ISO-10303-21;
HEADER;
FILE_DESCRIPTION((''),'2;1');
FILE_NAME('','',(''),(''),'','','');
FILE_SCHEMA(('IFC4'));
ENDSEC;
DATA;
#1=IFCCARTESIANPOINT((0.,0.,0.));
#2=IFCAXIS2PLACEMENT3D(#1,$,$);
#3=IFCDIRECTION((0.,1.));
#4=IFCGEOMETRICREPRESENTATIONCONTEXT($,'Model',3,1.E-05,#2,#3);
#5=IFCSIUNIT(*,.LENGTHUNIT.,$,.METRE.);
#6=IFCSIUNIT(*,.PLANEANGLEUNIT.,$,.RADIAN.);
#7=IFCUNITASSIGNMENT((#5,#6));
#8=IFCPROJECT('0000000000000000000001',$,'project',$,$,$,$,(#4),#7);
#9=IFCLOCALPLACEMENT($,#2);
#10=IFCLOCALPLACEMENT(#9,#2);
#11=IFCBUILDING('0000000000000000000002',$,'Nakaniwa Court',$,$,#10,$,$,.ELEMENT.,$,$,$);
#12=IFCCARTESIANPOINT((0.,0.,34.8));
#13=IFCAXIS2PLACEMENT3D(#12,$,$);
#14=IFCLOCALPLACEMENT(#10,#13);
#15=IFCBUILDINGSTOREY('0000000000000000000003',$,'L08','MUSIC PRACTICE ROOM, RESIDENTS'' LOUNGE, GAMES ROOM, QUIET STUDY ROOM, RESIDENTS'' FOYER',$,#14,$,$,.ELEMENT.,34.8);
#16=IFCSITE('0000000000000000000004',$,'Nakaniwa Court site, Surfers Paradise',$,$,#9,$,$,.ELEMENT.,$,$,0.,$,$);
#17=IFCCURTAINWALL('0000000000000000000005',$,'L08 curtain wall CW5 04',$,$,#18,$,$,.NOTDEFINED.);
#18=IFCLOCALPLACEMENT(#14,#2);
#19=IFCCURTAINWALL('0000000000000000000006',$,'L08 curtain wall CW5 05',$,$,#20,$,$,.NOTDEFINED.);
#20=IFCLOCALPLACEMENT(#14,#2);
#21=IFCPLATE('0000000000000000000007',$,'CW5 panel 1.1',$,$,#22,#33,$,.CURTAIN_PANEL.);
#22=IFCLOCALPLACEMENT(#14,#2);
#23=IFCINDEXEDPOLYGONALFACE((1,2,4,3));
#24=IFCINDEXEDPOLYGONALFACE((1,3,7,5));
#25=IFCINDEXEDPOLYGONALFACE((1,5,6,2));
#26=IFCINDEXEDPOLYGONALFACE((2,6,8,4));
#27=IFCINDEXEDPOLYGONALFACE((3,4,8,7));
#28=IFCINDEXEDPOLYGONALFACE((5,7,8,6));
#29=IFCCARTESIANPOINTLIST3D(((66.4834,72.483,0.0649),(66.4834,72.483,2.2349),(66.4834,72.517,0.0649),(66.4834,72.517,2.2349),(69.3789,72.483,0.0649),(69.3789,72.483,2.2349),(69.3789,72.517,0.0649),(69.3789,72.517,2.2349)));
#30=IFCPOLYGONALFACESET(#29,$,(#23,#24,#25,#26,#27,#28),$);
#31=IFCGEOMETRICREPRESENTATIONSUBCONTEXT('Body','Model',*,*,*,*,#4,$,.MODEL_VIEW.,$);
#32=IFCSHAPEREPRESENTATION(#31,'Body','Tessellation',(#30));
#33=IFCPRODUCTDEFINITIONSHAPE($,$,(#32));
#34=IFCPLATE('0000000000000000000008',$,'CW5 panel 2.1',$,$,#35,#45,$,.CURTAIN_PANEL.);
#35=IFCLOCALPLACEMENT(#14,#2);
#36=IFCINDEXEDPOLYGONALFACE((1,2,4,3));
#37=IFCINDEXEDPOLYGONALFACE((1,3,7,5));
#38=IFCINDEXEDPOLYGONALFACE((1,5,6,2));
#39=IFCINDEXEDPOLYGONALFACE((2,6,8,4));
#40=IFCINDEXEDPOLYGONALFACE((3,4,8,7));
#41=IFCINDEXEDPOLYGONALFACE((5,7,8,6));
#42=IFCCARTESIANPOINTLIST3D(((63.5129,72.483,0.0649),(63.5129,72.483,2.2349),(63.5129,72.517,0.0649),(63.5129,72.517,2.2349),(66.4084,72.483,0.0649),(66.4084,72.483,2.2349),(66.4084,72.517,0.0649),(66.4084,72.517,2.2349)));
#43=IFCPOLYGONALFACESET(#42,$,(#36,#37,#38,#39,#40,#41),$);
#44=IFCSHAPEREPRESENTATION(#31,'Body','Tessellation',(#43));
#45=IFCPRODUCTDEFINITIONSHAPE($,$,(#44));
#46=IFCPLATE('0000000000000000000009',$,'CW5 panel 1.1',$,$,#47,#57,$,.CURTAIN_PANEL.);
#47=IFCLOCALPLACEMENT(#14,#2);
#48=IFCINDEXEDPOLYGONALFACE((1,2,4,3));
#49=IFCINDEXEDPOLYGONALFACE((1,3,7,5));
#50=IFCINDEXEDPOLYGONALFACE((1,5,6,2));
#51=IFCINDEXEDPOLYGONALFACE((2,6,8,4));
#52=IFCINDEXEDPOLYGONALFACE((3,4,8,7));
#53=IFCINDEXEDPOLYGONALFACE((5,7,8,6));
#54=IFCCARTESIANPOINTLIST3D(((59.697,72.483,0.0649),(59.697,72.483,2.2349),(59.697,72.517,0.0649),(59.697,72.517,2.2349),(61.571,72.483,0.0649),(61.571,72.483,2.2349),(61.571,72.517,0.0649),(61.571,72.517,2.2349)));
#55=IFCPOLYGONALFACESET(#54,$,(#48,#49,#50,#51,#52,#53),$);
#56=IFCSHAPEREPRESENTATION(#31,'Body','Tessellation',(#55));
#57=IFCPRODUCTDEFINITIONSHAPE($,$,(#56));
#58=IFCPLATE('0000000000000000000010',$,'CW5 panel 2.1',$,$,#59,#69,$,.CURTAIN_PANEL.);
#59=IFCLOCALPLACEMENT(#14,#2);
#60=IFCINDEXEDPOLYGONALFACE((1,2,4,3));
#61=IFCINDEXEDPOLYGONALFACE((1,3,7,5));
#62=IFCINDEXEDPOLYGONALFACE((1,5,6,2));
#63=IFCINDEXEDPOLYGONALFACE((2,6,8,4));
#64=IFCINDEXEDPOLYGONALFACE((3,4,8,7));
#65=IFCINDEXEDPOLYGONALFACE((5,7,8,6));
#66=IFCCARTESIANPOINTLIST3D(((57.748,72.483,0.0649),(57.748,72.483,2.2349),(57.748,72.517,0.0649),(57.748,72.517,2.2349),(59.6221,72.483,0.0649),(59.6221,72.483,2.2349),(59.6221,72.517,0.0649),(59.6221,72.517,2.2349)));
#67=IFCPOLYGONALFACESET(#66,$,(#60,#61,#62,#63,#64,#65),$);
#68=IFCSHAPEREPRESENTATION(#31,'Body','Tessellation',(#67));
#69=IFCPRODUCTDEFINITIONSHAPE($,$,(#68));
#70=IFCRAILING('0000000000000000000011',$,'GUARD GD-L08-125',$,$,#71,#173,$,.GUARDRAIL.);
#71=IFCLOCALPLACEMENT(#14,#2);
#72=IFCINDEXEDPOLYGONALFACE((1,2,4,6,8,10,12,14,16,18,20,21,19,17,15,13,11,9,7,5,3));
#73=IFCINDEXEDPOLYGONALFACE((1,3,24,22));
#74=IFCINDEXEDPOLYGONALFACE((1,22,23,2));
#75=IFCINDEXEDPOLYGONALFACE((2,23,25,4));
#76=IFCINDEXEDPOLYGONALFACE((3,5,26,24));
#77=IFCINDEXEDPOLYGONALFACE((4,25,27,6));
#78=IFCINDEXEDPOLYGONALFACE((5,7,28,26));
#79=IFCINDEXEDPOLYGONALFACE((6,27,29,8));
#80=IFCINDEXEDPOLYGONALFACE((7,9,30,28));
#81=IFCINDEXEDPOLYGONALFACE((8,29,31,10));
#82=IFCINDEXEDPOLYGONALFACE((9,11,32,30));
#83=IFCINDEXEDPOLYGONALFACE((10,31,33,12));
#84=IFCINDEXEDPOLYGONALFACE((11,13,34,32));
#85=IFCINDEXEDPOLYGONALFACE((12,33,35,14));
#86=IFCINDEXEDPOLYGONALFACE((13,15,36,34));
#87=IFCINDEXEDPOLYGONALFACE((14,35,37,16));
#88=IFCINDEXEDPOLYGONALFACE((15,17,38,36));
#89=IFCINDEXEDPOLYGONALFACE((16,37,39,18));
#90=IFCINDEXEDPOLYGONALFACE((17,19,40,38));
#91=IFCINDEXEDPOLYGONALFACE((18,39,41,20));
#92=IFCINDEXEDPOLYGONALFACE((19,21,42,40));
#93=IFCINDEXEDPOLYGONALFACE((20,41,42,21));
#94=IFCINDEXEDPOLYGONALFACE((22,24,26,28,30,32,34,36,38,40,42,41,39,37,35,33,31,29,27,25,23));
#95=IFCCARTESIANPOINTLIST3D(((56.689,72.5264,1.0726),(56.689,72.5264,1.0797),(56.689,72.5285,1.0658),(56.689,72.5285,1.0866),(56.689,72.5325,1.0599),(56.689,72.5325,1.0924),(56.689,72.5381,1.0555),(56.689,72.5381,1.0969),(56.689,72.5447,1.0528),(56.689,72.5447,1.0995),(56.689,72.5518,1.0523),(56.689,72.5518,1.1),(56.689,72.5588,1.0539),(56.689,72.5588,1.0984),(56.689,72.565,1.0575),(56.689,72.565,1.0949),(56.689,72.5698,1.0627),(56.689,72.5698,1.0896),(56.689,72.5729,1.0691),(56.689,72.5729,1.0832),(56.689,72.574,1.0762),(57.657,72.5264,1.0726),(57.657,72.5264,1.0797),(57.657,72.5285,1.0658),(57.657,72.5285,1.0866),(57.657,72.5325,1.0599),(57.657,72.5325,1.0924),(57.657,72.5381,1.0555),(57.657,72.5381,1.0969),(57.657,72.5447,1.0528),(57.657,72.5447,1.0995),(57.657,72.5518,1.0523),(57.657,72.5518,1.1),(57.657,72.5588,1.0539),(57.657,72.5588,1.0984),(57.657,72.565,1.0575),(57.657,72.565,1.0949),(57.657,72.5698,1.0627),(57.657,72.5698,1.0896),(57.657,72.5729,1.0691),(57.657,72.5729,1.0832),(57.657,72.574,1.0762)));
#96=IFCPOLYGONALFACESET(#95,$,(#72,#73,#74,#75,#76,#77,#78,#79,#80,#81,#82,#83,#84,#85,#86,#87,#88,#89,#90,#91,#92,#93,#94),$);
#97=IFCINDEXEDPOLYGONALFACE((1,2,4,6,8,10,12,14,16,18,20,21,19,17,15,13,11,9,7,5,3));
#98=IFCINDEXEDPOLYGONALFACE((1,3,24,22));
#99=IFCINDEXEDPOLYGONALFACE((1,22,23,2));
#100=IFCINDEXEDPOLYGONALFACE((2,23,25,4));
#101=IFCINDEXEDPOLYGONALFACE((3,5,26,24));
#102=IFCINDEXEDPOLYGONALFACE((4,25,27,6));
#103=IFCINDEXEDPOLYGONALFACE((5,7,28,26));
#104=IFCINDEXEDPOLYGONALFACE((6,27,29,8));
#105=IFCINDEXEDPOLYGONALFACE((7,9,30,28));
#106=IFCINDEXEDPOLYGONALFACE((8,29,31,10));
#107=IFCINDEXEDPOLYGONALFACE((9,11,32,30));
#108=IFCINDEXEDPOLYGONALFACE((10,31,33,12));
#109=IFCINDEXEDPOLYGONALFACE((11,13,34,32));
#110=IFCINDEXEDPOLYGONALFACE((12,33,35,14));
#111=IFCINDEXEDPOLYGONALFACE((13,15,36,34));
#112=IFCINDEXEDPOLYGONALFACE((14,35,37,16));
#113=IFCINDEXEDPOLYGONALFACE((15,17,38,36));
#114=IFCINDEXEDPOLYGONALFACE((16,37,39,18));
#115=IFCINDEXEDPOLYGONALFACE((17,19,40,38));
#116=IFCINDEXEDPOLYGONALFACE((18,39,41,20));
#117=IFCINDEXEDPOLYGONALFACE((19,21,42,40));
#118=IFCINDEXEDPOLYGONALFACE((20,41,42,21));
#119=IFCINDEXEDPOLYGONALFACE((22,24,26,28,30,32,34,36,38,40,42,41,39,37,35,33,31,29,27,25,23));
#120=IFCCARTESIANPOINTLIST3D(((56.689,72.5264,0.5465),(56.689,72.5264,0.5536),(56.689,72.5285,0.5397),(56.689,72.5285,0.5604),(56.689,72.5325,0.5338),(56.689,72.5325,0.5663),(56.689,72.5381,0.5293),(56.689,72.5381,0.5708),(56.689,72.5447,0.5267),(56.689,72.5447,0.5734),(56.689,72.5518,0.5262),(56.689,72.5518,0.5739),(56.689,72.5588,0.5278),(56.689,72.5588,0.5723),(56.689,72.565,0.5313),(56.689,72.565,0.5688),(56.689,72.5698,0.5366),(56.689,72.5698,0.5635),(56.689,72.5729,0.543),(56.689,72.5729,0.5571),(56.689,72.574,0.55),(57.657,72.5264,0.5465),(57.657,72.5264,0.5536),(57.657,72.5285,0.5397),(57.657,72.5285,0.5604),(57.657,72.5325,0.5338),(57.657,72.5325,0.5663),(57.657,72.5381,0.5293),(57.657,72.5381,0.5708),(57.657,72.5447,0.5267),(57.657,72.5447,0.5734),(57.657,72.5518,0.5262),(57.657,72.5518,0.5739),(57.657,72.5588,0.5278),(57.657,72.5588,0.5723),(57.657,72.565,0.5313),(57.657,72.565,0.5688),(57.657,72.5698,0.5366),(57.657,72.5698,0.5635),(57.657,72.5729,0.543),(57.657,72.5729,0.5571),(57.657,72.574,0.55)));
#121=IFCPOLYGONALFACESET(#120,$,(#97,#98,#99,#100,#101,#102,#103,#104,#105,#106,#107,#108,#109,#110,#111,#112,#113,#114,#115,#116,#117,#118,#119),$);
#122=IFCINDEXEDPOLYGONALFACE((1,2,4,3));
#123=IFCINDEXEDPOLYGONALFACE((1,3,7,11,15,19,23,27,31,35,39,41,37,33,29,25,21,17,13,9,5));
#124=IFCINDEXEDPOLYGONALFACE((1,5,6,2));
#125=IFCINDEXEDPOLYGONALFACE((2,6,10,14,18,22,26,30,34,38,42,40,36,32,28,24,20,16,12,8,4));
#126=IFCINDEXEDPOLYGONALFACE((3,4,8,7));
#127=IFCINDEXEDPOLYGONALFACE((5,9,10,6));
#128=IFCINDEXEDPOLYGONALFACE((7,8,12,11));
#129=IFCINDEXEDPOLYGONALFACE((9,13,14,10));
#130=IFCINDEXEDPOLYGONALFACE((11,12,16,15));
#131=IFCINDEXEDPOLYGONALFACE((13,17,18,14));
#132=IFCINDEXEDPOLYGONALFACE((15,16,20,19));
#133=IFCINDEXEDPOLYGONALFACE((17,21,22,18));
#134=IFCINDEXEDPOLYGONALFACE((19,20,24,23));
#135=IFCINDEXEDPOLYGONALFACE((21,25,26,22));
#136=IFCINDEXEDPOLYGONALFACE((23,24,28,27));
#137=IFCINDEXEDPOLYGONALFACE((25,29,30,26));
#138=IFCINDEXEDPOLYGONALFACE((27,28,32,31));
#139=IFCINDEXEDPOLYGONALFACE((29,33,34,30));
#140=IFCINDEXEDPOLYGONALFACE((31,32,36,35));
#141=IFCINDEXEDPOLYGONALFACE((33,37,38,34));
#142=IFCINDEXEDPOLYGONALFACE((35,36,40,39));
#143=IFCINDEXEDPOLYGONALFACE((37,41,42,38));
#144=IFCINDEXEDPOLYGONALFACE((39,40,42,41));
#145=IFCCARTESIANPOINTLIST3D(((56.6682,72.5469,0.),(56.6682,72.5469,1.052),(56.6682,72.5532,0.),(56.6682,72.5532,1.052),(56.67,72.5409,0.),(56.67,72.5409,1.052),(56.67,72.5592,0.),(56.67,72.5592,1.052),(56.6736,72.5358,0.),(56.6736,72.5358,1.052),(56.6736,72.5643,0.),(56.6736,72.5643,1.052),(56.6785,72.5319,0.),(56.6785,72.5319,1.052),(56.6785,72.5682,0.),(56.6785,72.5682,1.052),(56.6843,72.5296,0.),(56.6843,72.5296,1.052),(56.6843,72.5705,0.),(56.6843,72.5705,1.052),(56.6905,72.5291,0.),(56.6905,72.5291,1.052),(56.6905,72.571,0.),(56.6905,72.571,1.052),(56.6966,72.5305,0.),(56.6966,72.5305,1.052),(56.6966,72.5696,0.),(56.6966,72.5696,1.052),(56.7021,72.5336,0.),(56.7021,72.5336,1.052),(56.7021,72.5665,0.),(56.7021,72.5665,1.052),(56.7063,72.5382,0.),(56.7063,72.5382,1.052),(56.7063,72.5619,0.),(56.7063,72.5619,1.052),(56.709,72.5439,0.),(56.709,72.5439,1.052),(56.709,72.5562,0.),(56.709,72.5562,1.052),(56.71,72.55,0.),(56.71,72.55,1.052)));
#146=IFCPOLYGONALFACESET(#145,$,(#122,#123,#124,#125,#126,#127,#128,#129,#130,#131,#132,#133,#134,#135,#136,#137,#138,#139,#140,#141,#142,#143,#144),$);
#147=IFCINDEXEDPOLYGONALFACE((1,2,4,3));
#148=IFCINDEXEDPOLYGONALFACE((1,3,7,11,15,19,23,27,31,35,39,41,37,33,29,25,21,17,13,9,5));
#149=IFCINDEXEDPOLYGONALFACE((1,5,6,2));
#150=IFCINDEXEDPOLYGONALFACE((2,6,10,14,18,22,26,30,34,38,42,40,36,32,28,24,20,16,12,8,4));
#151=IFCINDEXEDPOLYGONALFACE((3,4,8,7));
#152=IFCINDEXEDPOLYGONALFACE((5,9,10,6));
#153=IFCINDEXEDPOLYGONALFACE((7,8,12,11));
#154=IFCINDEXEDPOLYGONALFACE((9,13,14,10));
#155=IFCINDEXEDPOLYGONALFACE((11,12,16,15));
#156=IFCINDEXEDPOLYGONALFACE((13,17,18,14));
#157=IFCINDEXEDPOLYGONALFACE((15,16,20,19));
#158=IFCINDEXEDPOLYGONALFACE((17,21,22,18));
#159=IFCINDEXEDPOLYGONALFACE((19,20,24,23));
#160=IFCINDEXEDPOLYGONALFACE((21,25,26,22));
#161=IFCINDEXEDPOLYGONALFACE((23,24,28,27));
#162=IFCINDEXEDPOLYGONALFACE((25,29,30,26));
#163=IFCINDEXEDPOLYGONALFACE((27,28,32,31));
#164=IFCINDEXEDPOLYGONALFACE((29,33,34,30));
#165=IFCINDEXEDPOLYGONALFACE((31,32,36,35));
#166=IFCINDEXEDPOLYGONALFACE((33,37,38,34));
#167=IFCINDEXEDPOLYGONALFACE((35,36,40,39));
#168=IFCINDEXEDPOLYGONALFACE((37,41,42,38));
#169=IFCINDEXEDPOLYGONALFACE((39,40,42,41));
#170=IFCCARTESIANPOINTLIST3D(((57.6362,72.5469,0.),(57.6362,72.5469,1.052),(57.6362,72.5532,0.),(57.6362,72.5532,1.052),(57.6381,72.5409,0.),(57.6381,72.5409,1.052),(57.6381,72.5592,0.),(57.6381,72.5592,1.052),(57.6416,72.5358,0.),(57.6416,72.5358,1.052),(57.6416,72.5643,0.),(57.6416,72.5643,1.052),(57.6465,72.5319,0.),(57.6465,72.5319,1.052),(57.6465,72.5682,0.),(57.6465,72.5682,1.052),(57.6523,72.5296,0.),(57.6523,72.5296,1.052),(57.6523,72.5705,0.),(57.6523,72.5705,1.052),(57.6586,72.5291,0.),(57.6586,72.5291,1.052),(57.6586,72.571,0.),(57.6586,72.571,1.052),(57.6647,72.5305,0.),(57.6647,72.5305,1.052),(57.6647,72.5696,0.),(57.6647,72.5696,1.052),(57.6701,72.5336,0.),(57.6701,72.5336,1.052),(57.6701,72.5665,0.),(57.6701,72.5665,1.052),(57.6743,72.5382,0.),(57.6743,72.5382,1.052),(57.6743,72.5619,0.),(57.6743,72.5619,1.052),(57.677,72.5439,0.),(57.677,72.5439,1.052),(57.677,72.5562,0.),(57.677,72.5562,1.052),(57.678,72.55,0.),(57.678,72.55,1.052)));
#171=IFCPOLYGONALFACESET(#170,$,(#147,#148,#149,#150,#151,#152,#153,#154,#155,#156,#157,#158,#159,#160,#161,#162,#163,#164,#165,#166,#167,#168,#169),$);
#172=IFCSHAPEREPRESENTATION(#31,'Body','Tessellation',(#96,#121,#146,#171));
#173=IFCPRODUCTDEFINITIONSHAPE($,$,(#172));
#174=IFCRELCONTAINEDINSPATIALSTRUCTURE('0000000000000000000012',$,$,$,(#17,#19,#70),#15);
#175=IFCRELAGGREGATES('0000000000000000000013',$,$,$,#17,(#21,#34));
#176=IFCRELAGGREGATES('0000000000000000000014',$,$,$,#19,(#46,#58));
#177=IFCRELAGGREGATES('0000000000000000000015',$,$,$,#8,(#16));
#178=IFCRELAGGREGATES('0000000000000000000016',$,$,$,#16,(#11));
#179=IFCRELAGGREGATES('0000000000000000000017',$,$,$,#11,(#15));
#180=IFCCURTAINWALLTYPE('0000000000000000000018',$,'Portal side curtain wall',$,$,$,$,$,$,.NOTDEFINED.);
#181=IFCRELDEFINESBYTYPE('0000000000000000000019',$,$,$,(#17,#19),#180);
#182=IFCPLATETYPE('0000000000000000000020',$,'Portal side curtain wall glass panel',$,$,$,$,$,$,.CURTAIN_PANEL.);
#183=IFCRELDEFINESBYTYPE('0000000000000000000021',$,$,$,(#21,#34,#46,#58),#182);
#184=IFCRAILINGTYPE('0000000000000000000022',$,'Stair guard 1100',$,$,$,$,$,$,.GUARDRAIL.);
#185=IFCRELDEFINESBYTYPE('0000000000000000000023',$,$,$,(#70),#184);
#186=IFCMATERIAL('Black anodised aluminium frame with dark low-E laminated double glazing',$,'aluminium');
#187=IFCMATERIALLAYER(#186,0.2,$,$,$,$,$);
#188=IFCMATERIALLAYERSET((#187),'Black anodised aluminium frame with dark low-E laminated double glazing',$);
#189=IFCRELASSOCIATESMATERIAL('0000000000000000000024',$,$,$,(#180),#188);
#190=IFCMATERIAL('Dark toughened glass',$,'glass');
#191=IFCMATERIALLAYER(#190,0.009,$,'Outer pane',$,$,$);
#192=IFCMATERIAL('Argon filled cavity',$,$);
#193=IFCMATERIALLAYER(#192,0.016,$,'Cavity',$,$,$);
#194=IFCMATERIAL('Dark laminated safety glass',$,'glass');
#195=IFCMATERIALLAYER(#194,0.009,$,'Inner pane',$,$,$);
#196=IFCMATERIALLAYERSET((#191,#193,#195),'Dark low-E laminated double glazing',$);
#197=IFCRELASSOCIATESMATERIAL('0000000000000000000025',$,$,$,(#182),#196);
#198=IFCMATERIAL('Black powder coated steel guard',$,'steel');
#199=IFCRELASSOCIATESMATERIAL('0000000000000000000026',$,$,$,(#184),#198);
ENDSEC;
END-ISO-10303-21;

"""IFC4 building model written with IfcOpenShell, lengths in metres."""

from ifc_helpers import new_model, si_unit, direction, frame, origin, origin_2d, place, context, subcontext, project, spatial, rectangle, circle, extrude, material, layer, layer_set, type_object, element, aggregate, save


model = new_model("IFC4")

# Units and contexts
model_context = context("Model", 3, precision=1e-05, world=origin(), true_north=direction((0.0, 1.0)))
body_context = subcontext(model_context, "Body", "Model", "MODEL_VIEW")
ifc_project = project(units=[si_unit("LENGTHUNIT", "METRE"), si_unit("PLANEANGLEUNIT", "RADIAN")], contexts=[model_context])

# Site, building, storey
site_placement = place(None, origin())
site = spatial("IfcSite", under=ifc_project, at=site_placement, Name="Nakaniwa Court site, Surfers Paradise", CompositionType="ELEMENT", RefElevation=0.0)
building_placement = place(site_placement, origin())
building = spatial("IfcBuilding", under=site, at=building_placement, Name="Nakaniwa Court", CompositionType="ELEMENT")
storey_placement = place(building_placement, frame((0.0, 0.0, 34.8)))
storey = spatial("IfcBuildingStorey", under=building, at=storey_placement, Name="L08", Description="MUSIC PRACTICE ROOM, RESIDENTS' LOUNGE, GAMES ROOM, QUIET STUDY ROOM, RESIDENTS' FOYER", CompositionType="ELEMENT", Elevation=34.8)

# Curtain walls
ifc_material_1 = material(Name="Black anodised aluminium frame with dark low-E laminated double glazing", Category="aluminium")
ifc_layer_1 = layer(ifc_material_1, 0.2)
ifc_layer_set_1 = layer_set([ifc_layer_1], Name="Black anodised aluminium frame with dark low-E laminated double glazing")
curtain_wall_type = type_object("IfcCurtainWallType", Name="Portal side curtain wall", PredefinedType="NOTDEFINED", material=ifc_layer_set_1)
curtain_wall_1_placement = place(storey_placement, origin())
curtain_wall_1 = element("IfcCurtainWall", 1, at=curtain_wall_1_placement, inside=storey, type_object=curtain_wall_type, Name="L08 curtain wall CW5 04", PredefinedType="NOTDEFINED")
curtain_wall_2_placement = place(storey_placement, origin())
curtain_wall_2 = element("IfcCurtainWall", 2, at=curtain_wall_2_placement, inside=storey, type_object=curtain_wall_type, Name="L08 curtain wall CW5 05", PredefinedType="NOTDEFINED")

# Plates
ifc_material_2 = material(Name="Dark toughened glass", Category="glass")
ifc_layer_2 = layer(ifc_material_2, 0.009, Name="Outer pane")
ifc_material_3 = material(Name="Argon filled cavity")
ifc_layer_3 = layer(ifc_material_3, 0.016, Name="Cavity")
ifc_material_4 = material(Name="Dark laminated safety glass", Category="glass")
ifc_layer_4 = layer(ifc_material_4, 0.009, Name="Inner pane")
ifc_layer_set_2 = layer_set([ifc_layer_2, ifc_layer_3, ifc_layer_4], Name="Dark low-E laminated double glazing")
plate_type = type_object("IfcPlateType", Name="Portal side curtain wall glass panel", PredefinedType="CURTAIN_PANEL", material=ifc_layer_set_2)
plate_1_placement = place(storey_placement, frame((67.9312, 72.5, 0.0649), z_axis=(0.0, 0.0, 1.0), x_axis=(-1.0, 0.0, 0.0)))
plate_1 = element("IfcPlate", 3, at=plate_1_placement, type_object=plate_type, Name="CW5 panel 1.1", PredefinedType="CURTAIN_PANEL", context=body_context, shape_type="SweptSolid", body=[
    extrude(rectangle(XDim=2.8955, YDim=0.0339, at=origin_2d()), origin(), (0.0, 0.0, 1.0), 2.1699),
])
plate_2_placement = place(storey_placement, frame((64.9607, 72.5, 0.0649), z_axis=(0.0, 0.0, 1.0), x_axis=(-1.0, 0.0, 0.0)))
plate_2 = element("IfcPlate", 4, at=plate_2_placement, type_object=plate_type, Name="CW5 panel 2.1", PredefinedType="CURTAIN_PANEL", context=body_context, shape_type="SweptSolid", body=[
    extrude(rectangle(XDim=2.8955, YDim=0.0339, at=origin_2d()), origin(), (0.0, 0.0, 1.0), 2.1699),
])
aggregate(curtain_wall_1, [plate_1, plate_2])
plate_3_placement = place(storey_placement, frame((60.634, 72.5, 0.0649), z_axis=(0.0, 0.0, 1.0), x_axis=(-1.0, 0.0, 0.0)))
plate_3 = element("IfcPlate", 5, at=plate_3_placement, type_object=plate_type, Name="CW5 panel 1.1", PredefinedType="CURTAIN_PANEL", context=body_context, shape_type="SweptSolid", body=[
    extrude(rectangle(XDim=1.874, YDim=0.0339, at=origin_2d()), origin(), (0.0, 0.0, 1.0), 2.1699),
])
plate_4_placement = place(storey_placement, frame((58.6851, 72.5, 0.0649), z_axis=(0.0, 0.0, 1.0), x_axis=(-1.0, 0.0, 0.0)))
plate_4 = element("IfcPlate", 6, at=plate_4_placement, type_object=plate_type, Name="CW5 panel 2.1", PredefinedType="CURTAIN_PANEL", context=body_context, shape_type="SweptSolid", body=[
    extrude(rectangle(XDim=1.874, YDim=0.0339, at=origin_2d()), origin(), (0.0, 0.0, 1.0), 2.1699),
])
aggregate(curtain_wall_2, [plate_3, plate_4])

# Railing
ifc_material_5 = material(Name="Black powder coated steel guard", Category="steel")
railing_type = type_object("IfcRailingType", Name="Stair guard 1100", PredefinedType="GUARDRAIL", material=ifc_material_5)
railing_1_placement = place(storey_placement, frame((56.689, 72.55, 0.0)))
element("IfcRailing", 7, at=railing_1_placement, inside=storey, type_object=railing_type, Name="GUARD GD-L08-125", PredefinedType="GUARDRAIL", context=body_context, shape_type="SweptSolid", body=[
    extrude(circle(Radius=0.0239, at=origin_2d()), frame((0.0, 0.0, 1.0762), z_axis=(1.0, 0.0, 0.0), x_axis=(0.0, 1.0, 0.0)), (0.0, 0.0, 1.0), 0.968),
    extrude(circle(Radius=0.0239, at=origin_2d()), frame((0.0, 0.0, 0.55), z_axis=(1.0, 0.0, 0.0), x_axis=(0.0, 1.0, 0.0)), (0.0, 0.0, 1.0), 0.968),
    extrude(circle(Radius=0.021, at=origin_2d()), origin(), (0.0, 0.0, 1.0), 1.052),
    extrude(circle(Radius=0.021, at=origin_2d()), frame((0.968, 0.0, 0.0)), (0.0, 0.0, 1.0), 1.052),
])

save(model, "model.ifc")
